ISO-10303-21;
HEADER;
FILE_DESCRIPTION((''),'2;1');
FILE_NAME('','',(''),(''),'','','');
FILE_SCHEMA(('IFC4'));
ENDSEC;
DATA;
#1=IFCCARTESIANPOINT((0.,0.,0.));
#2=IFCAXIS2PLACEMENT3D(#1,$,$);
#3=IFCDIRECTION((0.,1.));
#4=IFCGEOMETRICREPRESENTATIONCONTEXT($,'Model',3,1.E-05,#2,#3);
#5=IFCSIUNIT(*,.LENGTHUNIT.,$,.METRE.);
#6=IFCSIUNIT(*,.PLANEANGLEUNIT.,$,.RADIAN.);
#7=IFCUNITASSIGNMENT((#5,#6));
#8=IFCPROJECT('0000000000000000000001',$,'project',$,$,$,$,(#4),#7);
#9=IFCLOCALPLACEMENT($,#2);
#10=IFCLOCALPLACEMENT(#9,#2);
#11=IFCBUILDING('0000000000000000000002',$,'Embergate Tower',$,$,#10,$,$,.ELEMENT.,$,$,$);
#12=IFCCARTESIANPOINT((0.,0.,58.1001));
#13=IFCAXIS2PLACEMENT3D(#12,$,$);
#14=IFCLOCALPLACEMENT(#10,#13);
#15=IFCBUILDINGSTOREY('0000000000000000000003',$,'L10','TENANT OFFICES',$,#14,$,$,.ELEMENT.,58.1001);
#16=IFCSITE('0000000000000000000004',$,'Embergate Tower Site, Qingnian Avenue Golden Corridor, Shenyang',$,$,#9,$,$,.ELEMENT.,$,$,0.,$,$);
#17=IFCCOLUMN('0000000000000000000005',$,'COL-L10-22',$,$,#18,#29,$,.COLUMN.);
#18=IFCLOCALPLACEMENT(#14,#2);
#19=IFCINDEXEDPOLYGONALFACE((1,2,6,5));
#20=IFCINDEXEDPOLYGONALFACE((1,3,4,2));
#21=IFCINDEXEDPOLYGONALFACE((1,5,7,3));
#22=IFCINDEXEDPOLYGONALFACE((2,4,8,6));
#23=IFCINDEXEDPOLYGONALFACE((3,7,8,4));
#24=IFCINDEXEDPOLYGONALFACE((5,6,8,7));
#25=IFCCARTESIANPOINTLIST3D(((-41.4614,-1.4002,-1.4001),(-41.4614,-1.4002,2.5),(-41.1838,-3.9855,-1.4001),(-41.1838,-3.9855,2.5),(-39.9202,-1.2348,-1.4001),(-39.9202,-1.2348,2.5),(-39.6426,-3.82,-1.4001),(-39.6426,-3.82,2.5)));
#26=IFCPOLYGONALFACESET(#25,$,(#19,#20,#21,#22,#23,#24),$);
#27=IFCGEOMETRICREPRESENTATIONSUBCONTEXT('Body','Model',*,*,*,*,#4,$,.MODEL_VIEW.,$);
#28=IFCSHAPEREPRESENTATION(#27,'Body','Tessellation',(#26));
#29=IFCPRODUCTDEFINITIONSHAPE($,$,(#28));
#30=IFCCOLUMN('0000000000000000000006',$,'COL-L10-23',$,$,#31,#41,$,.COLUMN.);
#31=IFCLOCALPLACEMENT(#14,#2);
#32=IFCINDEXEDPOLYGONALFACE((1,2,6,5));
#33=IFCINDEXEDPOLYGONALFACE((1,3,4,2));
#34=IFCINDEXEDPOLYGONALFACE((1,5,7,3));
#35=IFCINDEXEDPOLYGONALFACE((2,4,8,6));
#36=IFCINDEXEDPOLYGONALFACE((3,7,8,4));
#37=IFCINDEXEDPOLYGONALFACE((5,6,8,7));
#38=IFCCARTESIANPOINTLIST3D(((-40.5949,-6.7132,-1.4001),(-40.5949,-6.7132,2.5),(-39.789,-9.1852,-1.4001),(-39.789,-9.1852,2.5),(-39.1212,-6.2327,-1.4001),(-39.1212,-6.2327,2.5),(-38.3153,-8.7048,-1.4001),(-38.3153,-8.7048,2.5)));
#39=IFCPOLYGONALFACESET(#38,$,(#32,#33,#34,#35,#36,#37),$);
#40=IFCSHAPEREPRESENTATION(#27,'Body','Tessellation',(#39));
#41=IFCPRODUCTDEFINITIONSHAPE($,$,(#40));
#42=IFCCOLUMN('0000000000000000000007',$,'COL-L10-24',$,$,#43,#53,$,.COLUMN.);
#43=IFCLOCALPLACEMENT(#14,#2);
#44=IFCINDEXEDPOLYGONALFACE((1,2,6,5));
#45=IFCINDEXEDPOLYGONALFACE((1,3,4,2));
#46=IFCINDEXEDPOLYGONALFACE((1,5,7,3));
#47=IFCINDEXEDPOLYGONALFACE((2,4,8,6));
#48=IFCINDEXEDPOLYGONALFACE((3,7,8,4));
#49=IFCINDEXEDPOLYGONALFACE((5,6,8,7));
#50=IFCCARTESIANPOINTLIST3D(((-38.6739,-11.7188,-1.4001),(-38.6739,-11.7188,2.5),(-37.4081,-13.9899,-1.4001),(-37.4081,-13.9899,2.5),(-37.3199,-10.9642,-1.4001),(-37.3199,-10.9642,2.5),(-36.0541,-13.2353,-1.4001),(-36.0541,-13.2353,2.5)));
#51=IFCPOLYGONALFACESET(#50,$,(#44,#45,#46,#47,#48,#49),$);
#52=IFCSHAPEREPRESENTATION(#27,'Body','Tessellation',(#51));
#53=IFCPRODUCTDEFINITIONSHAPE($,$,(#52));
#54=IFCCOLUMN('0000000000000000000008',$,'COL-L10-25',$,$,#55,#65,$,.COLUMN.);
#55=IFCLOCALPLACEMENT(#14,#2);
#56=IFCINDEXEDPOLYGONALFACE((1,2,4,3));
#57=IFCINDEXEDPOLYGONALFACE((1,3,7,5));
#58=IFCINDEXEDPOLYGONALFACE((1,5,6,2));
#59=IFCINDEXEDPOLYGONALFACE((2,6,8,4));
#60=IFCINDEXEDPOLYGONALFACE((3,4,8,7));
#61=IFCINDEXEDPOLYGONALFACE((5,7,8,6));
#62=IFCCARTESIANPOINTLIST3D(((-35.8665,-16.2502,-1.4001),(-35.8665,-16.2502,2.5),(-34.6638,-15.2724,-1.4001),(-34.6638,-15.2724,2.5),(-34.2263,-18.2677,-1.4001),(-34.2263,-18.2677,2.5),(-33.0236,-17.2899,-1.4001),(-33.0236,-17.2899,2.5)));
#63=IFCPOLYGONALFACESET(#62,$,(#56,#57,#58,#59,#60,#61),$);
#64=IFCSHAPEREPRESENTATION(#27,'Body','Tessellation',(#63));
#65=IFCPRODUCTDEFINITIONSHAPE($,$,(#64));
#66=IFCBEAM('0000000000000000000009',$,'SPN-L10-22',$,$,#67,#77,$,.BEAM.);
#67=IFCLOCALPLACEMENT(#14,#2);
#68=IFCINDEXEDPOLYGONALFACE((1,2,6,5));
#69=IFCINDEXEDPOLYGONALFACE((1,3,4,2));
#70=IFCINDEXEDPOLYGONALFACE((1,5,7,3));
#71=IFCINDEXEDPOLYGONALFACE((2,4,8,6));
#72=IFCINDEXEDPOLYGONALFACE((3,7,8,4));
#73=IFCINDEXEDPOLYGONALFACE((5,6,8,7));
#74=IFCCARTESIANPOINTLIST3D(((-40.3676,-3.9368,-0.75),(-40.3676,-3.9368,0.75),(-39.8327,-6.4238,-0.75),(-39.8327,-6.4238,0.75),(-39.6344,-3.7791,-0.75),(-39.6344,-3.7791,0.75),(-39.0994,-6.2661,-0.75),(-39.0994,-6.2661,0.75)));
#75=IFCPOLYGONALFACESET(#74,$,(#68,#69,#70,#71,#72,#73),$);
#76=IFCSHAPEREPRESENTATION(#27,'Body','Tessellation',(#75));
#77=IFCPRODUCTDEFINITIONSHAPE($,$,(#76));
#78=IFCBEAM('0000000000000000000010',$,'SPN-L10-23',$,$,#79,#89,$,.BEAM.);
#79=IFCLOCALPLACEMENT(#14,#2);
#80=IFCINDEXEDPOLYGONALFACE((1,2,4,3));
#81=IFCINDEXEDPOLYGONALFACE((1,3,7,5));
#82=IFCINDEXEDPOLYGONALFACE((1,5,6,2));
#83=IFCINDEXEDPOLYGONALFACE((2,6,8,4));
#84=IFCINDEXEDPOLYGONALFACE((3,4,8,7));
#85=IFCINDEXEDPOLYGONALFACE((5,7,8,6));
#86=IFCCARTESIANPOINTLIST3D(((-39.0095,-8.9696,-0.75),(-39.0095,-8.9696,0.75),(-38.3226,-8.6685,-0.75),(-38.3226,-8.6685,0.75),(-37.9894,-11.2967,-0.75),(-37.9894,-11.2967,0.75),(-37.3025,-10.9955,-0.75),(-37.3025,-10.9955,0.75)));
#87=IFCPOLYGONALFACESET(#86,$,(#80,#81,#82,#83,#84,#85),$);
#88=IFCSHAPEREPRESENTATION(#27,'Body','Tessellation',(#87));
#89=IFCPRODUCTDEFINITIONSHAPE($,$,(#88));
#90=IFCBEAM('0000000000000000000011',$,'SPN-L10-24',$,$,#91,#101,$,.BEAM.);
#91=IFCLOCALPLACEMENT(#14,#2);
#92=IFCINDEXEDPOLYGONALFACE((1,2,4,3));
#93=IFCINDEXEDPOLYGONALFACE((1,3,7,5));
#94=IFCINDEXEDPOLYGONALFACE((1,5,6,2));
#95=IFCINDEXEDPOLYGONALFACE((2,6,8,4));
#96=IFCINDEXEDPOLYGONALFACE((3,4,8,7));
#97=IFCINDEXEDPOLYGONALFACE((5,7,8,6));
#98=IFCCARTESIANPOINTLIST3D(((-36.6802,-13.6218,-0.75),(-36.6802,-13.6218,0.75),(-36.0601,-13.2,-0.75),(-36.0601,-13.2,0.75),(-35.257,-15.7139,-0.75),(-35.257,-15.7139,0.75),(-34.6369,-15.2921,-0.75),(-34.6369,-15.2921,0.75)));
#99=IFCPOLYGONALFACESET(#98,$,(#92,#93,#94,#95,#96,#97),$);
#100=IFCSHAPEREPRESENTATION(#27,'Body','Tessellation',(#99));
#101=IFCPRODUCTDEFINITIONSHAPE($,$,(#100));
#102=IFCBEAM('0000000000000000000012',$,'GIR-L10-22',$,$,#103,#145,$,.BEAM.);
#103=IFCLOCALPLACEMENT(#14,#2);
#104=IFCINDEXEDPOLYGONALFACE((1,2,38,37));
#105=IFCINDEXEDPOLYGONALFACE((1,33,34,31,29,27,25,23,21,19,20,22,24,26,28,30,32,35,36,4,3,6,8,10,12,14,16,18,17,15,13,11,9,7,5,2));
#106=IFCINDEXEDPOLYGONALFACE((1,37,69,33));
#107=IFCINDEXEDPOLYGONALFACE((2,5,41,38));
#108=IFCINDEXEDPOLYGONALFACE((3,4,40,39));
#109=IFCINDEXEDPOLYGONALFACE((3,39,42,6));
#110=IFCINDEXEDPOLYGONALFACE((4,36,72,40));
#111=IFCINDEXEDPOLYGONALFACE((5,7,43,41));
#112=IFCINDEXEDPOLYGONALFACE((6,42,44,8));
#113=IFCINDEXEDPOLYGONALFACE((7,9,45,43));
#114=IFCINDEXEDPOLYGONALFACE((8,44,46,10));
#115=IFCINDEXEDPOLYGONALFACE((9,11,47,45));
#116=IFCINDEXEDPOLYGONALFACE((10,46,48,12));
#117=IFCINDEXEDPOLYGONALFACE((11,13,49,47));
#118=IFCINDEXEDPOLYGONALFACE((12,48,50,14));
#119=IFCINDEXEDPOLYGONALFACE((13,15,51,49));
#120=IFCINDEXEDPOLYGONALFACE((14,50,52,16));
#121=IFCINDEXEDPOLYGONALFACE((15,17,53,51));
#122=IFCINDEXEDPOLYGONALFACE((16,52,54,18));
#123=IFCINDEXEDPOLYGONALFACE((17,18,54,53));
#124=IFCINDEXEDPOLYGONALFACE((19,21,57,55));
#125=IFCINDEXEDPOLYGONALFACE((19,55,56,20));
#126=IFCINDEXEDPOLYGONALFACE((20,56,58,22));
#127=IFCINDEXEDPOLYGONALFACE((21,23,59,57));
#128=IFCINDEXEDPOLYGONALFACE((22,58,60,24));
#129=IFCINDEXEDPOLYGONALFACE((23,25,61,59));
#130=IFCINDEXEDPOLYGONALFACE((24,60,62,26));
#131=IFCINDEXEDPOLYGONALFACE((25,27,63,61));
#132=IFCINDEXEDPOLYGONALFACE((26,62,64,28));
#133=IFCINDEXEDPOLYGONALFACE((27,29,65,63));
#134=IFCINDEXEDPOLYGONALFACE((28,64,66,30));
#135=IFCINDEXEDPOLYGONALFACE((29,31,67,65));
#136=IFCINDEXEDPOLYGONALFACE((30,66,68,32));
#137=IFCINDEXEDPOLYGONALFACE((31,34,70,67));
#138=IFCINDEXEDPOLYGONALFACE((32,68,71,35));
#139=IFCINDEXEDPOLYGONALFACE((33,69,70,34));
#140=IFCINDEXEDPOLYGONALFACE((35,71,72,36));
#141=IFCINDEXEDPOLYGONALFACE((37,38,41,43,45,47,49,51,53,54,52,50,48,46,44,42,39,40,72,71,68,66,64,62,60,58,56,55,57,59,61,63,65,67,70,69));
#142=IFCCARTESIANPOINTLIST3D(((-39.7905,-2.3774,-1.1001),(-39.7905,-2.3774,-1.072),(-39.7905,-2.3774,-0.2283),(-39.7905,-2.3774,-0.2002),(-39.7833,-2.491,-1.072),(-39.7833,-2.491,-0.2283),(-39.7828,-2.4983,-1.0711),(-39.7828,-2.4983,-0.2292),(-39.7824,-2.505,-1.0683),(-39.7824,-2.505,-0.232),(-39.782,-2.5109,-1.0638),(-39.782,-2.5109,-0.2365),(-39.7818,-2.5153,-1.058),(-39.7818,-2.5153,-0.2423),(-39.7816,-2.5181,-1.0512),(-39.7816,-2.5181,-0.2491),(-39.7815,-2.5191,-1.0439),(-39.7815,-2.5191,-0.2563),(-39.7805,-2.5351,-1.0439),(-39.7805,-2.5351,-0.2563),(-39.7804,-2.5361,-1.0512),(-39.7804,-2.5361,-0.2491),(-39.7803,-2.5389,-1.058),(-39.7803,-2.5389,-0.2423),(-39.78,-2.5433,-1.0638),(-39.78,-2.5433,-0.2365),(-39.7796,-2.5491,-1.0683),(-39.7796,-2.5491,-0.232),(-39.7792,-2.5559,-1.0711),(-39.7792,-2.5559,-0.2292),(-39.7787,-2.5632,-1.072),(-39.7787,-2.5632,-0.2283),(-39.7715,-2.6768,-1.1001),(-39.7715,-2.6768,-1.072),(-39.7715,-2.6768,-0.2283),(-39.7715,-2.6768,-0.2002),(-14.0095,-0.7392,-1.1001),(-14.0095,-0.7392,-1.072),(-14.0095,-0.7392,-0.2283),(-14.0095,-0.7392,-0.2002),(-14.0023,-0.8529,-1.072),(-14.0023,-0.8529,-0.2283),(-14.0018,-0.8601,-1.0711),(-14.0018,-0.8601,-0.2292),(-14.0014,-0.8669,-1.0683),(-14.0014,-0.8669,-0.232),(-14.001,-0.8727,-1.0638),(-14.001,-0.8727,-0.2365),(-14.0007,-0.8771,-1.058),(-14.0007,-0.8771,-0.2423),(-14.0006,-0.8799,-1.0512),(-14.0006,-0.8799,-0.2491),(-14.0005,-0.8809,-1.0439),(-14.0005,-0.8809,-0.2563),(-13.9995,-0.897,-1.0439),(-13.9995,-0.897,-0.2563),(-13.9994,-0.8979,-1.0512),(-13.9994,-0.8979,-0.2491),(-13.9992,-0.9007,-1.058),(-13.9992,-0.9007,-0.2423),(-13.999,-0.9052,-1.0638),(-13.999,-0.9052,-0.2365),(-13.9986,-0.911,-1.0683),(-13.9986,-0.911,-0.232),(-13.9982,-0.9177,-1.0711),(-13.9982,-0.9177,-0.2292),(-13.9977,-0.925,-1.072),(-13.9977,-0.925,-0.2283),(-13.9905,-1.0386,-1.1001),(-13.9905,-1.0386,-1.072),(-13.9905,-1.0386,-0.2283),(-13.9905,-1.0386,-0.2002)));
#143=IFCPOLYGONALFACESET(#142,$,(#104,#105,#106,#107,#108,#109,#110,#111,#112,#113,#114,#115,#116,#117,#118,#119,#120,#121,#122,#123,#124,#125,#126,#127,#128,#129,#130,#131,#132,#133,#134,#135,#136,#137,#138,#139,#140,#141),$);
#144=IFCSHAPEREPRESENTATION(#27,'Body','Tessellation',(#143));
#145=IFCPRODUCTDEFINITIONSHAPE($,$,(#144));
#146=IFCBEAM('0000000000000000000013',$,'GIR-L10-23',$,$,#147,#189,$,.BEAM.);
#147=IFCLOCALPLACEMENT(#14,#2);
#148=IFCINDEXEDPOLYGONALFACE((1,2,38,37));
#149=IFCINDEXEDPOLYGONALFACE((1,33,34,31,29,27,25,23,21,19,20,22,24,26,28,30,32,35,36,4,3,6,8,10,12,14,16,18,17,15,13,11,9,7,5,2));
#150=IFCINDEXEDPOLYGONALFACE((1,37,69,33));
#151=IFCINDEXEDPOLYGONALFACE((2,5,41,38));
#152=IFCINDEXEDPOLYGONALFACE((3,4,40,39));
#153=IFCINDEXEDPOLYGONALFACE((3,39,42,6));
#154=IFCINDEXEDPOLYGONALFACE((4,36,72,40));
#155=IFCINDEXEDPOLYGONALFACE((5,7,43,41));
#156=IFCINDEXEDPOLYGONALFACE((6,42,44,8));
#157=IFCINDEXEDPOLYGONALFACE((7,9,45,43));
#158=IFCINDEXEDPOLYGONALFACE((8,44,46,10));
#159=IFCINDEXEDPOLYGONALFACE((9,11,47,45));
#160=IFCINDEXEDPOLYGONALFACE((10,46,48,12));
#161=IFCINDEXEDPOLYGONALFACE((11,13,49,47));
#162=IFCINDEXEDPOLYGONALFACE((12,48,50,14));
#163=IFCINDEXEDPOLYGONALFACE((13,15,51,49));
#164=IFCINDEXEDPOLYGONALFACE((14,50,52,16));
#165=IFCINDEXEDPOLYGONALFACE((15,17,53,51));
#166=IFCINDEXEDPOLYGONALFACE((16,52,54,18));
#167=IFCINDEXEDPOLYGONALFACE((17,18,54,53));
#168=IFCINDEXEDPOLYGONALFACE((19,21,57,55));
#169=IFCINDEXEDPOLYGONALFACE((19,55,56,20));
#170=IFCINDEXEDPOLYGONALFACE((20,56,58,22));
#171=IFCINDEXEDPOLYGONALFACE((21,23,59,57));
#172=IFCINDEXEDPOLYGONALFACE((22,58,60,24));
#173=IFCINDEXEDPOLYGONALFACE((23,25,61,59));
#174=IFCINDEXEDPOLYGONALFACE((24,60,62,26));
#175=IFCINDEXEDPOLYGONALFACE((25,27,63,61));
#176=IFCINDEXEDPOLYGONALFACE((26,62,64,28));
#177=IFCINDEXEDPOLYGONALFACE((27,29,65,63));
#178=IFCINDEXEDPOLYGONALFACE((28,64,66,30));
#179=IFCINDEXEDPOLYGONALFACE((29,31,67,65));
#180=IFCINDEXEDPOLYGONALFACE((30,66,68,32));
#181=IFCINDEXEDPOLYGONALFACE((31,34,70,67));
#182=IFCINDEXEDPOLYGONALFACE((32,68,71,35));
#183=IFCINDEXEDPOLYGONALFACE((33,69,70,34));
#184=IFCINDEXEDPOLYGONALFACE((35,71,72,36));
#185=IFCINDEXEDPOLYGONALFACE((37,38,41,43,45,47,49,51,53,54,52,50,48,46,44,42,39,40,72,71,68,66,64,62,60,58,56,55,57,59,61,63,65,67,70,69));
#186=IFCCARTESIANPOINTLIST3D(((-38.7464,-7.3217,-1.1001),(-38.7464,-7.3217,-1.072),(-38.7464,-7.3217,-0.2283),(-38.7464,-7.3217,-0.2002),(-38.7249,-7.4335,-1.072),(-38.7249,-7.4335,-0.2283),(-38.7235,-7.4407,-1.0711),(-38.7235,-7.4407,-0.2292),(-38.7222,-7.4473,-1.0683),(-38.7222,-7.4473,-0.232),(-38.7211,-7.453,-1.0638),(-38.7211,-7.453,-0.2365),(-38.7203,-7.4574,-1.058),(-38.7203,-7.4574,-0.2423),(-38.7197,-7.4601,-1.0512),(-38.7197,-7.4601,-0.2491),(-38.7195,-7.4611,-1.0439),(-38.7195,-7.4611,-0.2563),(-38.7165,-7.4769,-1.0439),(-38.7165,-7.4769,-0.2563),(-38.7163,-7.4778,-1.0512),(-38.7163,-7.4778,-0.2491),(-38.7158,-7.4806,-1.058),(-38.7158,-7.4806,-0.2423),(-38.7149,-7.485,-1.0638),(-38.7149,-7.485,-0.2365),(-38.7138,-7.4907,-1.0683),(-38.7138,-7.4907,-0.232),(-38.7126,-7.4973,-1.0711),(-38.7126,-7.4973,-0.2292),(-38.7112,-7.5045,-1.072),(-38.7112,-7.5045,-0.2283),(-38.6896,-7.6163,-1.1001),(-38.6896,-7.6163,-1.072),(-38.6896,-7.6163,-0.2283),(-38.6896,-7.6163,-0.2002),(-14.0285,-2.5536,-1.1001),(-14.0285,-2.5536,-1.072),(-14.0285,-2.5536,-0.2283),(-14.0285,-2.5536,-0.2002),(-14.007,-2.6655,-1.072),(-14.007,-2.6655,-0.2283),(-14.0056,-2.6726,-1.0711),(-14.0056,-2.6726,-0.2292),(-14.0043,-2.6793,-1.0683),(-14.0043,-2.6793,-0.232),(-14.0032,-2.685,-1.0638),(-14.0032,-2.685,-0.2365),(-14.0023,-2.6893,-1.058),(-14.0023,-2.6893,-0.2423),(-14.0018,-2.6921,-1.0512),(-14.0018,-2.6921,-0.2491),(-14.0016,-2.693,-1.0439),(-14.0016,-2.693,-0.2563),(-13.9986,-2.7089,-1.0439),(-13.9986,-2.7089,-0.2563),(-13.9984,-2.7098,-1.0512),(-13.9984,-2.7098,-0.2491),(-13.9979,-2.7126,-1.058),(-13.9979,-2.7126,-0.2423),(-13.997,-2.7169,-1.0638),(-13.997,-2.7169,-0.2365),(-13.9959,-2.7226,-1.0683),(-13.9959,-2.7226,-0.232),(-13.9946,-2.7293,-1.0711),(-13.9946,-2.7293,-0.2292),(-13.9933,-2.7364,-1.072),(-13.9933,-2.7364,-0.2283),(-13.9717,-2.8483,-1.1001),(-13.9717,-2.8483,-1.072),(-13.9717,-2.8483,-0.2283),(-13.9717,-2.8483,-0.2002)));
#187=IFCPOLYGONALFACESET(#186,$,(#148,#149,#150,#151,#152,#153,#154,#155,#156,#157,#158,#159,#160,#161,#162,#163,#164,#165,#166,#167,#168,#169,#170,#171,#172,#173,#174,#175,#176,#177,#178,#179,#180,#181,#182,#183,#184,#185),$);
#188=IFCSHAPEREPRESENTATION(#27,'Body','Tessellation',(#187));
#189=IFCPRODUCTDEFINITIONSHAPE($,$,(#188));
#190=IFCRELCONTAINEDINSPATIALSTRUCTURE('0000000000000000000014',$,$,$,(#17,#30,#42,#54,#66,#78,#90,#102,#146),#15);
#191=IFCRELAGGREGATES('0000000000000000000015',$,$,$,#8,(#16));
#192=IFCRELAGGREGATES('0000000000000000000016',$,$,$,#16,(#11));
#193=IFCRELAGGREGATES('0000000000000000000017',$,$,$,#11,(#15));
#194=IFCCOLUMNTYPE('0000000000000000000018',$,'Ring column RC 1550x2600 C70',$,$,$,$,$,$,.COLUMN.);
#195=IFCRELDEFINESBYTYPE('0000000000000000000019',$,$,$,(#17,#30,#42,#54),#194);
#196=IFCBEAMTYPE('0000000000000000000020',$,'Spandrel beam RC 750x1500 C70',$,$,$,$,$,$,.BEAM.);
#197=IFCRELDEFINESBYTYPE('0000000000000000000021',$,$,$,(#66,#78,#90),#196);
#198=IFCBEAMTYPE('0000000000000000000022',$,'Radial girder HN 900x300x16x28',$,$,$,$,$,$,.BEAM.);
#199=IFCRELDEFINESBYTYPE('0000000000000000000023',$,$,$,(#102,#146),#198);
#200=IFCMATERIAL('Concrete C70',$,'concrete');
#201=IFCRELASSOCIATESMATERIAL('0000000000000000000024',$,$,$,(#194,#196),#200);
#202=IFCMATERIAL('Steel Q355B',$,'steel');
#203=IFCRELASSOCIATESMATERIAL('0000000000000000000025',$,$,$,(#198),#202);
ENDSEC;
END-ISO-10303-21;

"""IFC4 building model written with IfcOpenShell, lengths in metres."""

from ifc_helpers import new_model, si_unit, direction, frame, origin, origin_2d, place, context, subcontext, project, spatial, rectangle, i_section, extrude, source, transform, mapped, material, material_profile, profile_set, type_object, element, save


model = new_model("IFC4")

# Units and contexts
model_context = context("Model", 3, precision=1e-05, world=origin(), true_north=direction((0.0, 1.0)))
body_context = subcontext(model_context, "Body", "Model", "MODEL_VIEW")
ifc_project = project(units=[si_unit("LENGTHUNIT", "METRE"), si_unit("PLANEANGLEUNIT", "RADIAN")], contexts=[model_context])

# Site, building, storey
site_placement = place(None, origin())
site = spatial("IfcSite", under=ifc_project, at=site_placement, Name="Embergate Tower Site, Qingnian Avenue Golden Corridor, Shenyang", CompositionType="ELEMENT", RefElevation=0.0)
building_placement = place(site_placement, origin())
building = spatial("IfcBuilding", under=site, at=building_placement, Name="Embergate Tower", CompositionType="ELEMENT")
storey_placement = place(building_placement, frame((0.0, 0.0, 58.1001)))
storey = spatial("IfcBuildingStorey", under=building, at=storey_placement, Name="L10", Description="TENANT OFFICES", CompositionType="ELEMENT", Elevation=58.1001)

# Columns
ifc_material_1 = material(Name="Concrete C70", Category="concrete")
ifc_material_profile_1 = material_profile(ifc_material_1, rectangle(XDim=1.55, YDim=2.6001, at=origin_2d()), Name="RC 1550x2600")
ifc_profile_set_1 = profile_set([ifc_material_profile_1], Name="Concrete C70")
column_type = type_object("IfcColumnType", Name="Ring column RC 1550x2600 C70", PredefinedType="COLUMN", material=ifc_profile_set_1)
shared_shape_1 = source(origin(), body_context, "Body", "SweptSolid", [
    extrude(rectangle(XDim=1.55, YDim=2.6001, at=origin_2d()), origin(), (0.0, 0.0, 1.0), 3.9001),
])
for number, where, z_axis, x_axis, name in (
    (1, (-40.552, -2.6101, -1.4001), (0.0, 0.0, 1.0), (-0.994286, -0.10675, 0.0), "COL-L10-22"),
    (2, (-39.4551, -7.709, -1.4001), (0.0, 0.0, 1.0), (-0.950754, -0.309946, 0.0), "COL-L10-23"),
    (3, (-37.364, -12.4771, -1.4001), (0.0, 0.0, 1.0), (-0.8735, -0.486823, 0.0), "COL-L10-24"),
    (4, (-34.4451, -16.77, -1.4001), (0.0, 0.0, 1.0), (-0.775925, -0.630825, 0.0), "COL-L10-25"),
):
    element("IfcColumn", number, at=place(storey_placement, frame(where, z_axis=z_axis, x_axis=x_axis)), inside=storey, type_object=column_type, Name=name, PredefinedType="COLUMN", context=body_context, shape_type="MappedRepresentation", body=[
        mapped(shared_shape_1, transform((0.0, 0.0, 0.0))),
    ])

# Beams
ifc_material_profile_2 = material_profile(ifc_material_1, rectangle(XDim=0.75, YDim=1.5, at=origin_2d()), Name="RC 750x1500")
ifc_profile_set_2 = profile_set([ifc_material_profile_2], Name="Concrete C70")
beam_type_1 = type_object("IfcBeamType", Name="Spandrel beam RC 750x1500 C70", PredefinedType="BEAM", material=ifc_profile_set_2)
shared_shape_2 = source(origin(), body_context, "Body", "SweptSolid", [
    extrude(rectangle(XDim=0.75, YDim=1.5, at=origin_2d()), origin(), (0.0, 0.0, 1.0), 2.5439),
])
beam_1_placement = place(storey_placement, frame((-40.001, -3.8579, 0.0), z_axis=(0.21027, -0.977643, 0.0), x_axis=(0.977643, 0.21027, 0.0)))
element("IfcBeam", 5, at=beam_1_placement, inside=storey, type_object=beam_type_1, Name="SPN-L10-22", PredefinedType="BEAM", context=body_context, shape_type="MappedRepresentation", body=[
    mapped(shared_shape_2, transform((0.0, 0.0, 0.0))),
])
shared_shape_3 = source(origin(), body_context, "Body", "SweptSolid", [
    extrude(rectangle(XDim=0.75, YDim=1.5, at=origin_2d()), origin(), (0.0, 0.0, 1.0), 2.5408),
])
beam_2_placement = place(storey_placement, frame((-38.666, -8.8191, 0.0), z_axis=(0.401479, -0.915868, 0.0), x_axis=(0.915868, 0.401479, 0.0)))
element("IfcBeam", 6, at=beam_2_placement, inside=storey, type_object=beam_type_1, Name="SPN-L10-23", PredefinedType="BEAM", context=body_context, shape_type="MappedRepresentation", body=[
    mapped(shared_shape_3, transform((0.0, 0.0, 0.0))),
])
shared_shape_4 = source(origin(), body_context, "Body", "SweptSolid", [
    extrude(rectangle(XDim=0.75, YDim=1.5, at=origin_2d()), origin(), (0.0, 0.0, 1.0), 2.5303),
])
beam_3_placement = place(storey_placement, frame((-36.3701, -13.4109, 0.0), z_axis=(0.562447, -0.826833, 0.0), x_axis=(0.826833, 0.562447, 0.0)))
element("IfcBeam", 7, at=beam_3_placement, inside=storey, type_object=beam_type_1, Name="SPN-L10-24", PredefinedType="BEAM", context=body_context, shape_type="MappedRepresentation", body=[
    mapped(shared_shape_4, transform((0.0, 0.0, 0.0))),
])
ifc_material_2 = material(Name="Steel Q355B", Category="steel")
ifc_material_profile_3 = material_profile(ifc_material_2, i_section(OverallWidth=0.3, OverallDepth=0.8999, WebThickness=0.0161, FlangeThickness=0.0281, FilletRadius=0.0281, at=origin_2d()), Name="HN 900x300x16x28")
ifc_profile_set_3 = profile_set([ifc_material_profile_3], Name="Steel Q355 grade B")
beam_type_2 = type_object("IfcBeamType", Name="Radial girder HN 900x300x16x28", PredefinedType="BEAM", material=ifc_profile_set_3)
shared_shape_5 = source(origin(), body_context, "Body", "SweptSolid", [
    extrude(i_section(OverallWidth=0.3, OverallDepth=0.8999, WebThickness=0.0161, FlangeThickness=0.0281, FilletRadius=0.0281, at=origin_2d()), origin(), (0.0, 0.0, 1.0), 25.833),
])
beam_4_placement = place(storey_placement, frame((-39.781, -2.5271, -0.6501), z_axis=(0.997987, 0.063414, 0.0), x_axis=(-0.063414, 0.997987, 0.0)))
element("IfcBeam", 8, at=beam_4_placement, inside=storey, type_object=beam_type_2, Name="GIR-L10-22", PredefinedType="BEAM", context=body_context, shape_type="MappedRepresentation", body=[
    mapped(shared_shape_5, transform((0.0, 0.0, 0.0))),
])
shared_shape_6 = source(origin(), body_context, "Body", "SweptSolid", [
    extrude(i_section(OverallWidth=0.3, OverallDepth=0.8999, WebThickness=0.0161, FlangeThickness=0.0281, FilletRadius=0.0281, at=origin_2d()), origin(), (0.0, 0.0, 1.0), 25.1736),
])
beam_5_placement = place(storey_placement, frame((-38.718, -7.469, -0.6501), z_axis=(0.981899, 0.189407, 0.0), x_axis=(-0.189407, 0.981899, 0.0)))
element("IfcBeam", 9, at=beam_5_placement, inside=storey, type_object=beam_type_2, Name="GIR-L10-23", PredefinedType="BEAM", context=body_context, shape_type="MappedRepresentation", body=[
    mapped(shared_shape_6, transform((0.0, 0.0, 0.0))),
])

save(model, "model.ifc")
